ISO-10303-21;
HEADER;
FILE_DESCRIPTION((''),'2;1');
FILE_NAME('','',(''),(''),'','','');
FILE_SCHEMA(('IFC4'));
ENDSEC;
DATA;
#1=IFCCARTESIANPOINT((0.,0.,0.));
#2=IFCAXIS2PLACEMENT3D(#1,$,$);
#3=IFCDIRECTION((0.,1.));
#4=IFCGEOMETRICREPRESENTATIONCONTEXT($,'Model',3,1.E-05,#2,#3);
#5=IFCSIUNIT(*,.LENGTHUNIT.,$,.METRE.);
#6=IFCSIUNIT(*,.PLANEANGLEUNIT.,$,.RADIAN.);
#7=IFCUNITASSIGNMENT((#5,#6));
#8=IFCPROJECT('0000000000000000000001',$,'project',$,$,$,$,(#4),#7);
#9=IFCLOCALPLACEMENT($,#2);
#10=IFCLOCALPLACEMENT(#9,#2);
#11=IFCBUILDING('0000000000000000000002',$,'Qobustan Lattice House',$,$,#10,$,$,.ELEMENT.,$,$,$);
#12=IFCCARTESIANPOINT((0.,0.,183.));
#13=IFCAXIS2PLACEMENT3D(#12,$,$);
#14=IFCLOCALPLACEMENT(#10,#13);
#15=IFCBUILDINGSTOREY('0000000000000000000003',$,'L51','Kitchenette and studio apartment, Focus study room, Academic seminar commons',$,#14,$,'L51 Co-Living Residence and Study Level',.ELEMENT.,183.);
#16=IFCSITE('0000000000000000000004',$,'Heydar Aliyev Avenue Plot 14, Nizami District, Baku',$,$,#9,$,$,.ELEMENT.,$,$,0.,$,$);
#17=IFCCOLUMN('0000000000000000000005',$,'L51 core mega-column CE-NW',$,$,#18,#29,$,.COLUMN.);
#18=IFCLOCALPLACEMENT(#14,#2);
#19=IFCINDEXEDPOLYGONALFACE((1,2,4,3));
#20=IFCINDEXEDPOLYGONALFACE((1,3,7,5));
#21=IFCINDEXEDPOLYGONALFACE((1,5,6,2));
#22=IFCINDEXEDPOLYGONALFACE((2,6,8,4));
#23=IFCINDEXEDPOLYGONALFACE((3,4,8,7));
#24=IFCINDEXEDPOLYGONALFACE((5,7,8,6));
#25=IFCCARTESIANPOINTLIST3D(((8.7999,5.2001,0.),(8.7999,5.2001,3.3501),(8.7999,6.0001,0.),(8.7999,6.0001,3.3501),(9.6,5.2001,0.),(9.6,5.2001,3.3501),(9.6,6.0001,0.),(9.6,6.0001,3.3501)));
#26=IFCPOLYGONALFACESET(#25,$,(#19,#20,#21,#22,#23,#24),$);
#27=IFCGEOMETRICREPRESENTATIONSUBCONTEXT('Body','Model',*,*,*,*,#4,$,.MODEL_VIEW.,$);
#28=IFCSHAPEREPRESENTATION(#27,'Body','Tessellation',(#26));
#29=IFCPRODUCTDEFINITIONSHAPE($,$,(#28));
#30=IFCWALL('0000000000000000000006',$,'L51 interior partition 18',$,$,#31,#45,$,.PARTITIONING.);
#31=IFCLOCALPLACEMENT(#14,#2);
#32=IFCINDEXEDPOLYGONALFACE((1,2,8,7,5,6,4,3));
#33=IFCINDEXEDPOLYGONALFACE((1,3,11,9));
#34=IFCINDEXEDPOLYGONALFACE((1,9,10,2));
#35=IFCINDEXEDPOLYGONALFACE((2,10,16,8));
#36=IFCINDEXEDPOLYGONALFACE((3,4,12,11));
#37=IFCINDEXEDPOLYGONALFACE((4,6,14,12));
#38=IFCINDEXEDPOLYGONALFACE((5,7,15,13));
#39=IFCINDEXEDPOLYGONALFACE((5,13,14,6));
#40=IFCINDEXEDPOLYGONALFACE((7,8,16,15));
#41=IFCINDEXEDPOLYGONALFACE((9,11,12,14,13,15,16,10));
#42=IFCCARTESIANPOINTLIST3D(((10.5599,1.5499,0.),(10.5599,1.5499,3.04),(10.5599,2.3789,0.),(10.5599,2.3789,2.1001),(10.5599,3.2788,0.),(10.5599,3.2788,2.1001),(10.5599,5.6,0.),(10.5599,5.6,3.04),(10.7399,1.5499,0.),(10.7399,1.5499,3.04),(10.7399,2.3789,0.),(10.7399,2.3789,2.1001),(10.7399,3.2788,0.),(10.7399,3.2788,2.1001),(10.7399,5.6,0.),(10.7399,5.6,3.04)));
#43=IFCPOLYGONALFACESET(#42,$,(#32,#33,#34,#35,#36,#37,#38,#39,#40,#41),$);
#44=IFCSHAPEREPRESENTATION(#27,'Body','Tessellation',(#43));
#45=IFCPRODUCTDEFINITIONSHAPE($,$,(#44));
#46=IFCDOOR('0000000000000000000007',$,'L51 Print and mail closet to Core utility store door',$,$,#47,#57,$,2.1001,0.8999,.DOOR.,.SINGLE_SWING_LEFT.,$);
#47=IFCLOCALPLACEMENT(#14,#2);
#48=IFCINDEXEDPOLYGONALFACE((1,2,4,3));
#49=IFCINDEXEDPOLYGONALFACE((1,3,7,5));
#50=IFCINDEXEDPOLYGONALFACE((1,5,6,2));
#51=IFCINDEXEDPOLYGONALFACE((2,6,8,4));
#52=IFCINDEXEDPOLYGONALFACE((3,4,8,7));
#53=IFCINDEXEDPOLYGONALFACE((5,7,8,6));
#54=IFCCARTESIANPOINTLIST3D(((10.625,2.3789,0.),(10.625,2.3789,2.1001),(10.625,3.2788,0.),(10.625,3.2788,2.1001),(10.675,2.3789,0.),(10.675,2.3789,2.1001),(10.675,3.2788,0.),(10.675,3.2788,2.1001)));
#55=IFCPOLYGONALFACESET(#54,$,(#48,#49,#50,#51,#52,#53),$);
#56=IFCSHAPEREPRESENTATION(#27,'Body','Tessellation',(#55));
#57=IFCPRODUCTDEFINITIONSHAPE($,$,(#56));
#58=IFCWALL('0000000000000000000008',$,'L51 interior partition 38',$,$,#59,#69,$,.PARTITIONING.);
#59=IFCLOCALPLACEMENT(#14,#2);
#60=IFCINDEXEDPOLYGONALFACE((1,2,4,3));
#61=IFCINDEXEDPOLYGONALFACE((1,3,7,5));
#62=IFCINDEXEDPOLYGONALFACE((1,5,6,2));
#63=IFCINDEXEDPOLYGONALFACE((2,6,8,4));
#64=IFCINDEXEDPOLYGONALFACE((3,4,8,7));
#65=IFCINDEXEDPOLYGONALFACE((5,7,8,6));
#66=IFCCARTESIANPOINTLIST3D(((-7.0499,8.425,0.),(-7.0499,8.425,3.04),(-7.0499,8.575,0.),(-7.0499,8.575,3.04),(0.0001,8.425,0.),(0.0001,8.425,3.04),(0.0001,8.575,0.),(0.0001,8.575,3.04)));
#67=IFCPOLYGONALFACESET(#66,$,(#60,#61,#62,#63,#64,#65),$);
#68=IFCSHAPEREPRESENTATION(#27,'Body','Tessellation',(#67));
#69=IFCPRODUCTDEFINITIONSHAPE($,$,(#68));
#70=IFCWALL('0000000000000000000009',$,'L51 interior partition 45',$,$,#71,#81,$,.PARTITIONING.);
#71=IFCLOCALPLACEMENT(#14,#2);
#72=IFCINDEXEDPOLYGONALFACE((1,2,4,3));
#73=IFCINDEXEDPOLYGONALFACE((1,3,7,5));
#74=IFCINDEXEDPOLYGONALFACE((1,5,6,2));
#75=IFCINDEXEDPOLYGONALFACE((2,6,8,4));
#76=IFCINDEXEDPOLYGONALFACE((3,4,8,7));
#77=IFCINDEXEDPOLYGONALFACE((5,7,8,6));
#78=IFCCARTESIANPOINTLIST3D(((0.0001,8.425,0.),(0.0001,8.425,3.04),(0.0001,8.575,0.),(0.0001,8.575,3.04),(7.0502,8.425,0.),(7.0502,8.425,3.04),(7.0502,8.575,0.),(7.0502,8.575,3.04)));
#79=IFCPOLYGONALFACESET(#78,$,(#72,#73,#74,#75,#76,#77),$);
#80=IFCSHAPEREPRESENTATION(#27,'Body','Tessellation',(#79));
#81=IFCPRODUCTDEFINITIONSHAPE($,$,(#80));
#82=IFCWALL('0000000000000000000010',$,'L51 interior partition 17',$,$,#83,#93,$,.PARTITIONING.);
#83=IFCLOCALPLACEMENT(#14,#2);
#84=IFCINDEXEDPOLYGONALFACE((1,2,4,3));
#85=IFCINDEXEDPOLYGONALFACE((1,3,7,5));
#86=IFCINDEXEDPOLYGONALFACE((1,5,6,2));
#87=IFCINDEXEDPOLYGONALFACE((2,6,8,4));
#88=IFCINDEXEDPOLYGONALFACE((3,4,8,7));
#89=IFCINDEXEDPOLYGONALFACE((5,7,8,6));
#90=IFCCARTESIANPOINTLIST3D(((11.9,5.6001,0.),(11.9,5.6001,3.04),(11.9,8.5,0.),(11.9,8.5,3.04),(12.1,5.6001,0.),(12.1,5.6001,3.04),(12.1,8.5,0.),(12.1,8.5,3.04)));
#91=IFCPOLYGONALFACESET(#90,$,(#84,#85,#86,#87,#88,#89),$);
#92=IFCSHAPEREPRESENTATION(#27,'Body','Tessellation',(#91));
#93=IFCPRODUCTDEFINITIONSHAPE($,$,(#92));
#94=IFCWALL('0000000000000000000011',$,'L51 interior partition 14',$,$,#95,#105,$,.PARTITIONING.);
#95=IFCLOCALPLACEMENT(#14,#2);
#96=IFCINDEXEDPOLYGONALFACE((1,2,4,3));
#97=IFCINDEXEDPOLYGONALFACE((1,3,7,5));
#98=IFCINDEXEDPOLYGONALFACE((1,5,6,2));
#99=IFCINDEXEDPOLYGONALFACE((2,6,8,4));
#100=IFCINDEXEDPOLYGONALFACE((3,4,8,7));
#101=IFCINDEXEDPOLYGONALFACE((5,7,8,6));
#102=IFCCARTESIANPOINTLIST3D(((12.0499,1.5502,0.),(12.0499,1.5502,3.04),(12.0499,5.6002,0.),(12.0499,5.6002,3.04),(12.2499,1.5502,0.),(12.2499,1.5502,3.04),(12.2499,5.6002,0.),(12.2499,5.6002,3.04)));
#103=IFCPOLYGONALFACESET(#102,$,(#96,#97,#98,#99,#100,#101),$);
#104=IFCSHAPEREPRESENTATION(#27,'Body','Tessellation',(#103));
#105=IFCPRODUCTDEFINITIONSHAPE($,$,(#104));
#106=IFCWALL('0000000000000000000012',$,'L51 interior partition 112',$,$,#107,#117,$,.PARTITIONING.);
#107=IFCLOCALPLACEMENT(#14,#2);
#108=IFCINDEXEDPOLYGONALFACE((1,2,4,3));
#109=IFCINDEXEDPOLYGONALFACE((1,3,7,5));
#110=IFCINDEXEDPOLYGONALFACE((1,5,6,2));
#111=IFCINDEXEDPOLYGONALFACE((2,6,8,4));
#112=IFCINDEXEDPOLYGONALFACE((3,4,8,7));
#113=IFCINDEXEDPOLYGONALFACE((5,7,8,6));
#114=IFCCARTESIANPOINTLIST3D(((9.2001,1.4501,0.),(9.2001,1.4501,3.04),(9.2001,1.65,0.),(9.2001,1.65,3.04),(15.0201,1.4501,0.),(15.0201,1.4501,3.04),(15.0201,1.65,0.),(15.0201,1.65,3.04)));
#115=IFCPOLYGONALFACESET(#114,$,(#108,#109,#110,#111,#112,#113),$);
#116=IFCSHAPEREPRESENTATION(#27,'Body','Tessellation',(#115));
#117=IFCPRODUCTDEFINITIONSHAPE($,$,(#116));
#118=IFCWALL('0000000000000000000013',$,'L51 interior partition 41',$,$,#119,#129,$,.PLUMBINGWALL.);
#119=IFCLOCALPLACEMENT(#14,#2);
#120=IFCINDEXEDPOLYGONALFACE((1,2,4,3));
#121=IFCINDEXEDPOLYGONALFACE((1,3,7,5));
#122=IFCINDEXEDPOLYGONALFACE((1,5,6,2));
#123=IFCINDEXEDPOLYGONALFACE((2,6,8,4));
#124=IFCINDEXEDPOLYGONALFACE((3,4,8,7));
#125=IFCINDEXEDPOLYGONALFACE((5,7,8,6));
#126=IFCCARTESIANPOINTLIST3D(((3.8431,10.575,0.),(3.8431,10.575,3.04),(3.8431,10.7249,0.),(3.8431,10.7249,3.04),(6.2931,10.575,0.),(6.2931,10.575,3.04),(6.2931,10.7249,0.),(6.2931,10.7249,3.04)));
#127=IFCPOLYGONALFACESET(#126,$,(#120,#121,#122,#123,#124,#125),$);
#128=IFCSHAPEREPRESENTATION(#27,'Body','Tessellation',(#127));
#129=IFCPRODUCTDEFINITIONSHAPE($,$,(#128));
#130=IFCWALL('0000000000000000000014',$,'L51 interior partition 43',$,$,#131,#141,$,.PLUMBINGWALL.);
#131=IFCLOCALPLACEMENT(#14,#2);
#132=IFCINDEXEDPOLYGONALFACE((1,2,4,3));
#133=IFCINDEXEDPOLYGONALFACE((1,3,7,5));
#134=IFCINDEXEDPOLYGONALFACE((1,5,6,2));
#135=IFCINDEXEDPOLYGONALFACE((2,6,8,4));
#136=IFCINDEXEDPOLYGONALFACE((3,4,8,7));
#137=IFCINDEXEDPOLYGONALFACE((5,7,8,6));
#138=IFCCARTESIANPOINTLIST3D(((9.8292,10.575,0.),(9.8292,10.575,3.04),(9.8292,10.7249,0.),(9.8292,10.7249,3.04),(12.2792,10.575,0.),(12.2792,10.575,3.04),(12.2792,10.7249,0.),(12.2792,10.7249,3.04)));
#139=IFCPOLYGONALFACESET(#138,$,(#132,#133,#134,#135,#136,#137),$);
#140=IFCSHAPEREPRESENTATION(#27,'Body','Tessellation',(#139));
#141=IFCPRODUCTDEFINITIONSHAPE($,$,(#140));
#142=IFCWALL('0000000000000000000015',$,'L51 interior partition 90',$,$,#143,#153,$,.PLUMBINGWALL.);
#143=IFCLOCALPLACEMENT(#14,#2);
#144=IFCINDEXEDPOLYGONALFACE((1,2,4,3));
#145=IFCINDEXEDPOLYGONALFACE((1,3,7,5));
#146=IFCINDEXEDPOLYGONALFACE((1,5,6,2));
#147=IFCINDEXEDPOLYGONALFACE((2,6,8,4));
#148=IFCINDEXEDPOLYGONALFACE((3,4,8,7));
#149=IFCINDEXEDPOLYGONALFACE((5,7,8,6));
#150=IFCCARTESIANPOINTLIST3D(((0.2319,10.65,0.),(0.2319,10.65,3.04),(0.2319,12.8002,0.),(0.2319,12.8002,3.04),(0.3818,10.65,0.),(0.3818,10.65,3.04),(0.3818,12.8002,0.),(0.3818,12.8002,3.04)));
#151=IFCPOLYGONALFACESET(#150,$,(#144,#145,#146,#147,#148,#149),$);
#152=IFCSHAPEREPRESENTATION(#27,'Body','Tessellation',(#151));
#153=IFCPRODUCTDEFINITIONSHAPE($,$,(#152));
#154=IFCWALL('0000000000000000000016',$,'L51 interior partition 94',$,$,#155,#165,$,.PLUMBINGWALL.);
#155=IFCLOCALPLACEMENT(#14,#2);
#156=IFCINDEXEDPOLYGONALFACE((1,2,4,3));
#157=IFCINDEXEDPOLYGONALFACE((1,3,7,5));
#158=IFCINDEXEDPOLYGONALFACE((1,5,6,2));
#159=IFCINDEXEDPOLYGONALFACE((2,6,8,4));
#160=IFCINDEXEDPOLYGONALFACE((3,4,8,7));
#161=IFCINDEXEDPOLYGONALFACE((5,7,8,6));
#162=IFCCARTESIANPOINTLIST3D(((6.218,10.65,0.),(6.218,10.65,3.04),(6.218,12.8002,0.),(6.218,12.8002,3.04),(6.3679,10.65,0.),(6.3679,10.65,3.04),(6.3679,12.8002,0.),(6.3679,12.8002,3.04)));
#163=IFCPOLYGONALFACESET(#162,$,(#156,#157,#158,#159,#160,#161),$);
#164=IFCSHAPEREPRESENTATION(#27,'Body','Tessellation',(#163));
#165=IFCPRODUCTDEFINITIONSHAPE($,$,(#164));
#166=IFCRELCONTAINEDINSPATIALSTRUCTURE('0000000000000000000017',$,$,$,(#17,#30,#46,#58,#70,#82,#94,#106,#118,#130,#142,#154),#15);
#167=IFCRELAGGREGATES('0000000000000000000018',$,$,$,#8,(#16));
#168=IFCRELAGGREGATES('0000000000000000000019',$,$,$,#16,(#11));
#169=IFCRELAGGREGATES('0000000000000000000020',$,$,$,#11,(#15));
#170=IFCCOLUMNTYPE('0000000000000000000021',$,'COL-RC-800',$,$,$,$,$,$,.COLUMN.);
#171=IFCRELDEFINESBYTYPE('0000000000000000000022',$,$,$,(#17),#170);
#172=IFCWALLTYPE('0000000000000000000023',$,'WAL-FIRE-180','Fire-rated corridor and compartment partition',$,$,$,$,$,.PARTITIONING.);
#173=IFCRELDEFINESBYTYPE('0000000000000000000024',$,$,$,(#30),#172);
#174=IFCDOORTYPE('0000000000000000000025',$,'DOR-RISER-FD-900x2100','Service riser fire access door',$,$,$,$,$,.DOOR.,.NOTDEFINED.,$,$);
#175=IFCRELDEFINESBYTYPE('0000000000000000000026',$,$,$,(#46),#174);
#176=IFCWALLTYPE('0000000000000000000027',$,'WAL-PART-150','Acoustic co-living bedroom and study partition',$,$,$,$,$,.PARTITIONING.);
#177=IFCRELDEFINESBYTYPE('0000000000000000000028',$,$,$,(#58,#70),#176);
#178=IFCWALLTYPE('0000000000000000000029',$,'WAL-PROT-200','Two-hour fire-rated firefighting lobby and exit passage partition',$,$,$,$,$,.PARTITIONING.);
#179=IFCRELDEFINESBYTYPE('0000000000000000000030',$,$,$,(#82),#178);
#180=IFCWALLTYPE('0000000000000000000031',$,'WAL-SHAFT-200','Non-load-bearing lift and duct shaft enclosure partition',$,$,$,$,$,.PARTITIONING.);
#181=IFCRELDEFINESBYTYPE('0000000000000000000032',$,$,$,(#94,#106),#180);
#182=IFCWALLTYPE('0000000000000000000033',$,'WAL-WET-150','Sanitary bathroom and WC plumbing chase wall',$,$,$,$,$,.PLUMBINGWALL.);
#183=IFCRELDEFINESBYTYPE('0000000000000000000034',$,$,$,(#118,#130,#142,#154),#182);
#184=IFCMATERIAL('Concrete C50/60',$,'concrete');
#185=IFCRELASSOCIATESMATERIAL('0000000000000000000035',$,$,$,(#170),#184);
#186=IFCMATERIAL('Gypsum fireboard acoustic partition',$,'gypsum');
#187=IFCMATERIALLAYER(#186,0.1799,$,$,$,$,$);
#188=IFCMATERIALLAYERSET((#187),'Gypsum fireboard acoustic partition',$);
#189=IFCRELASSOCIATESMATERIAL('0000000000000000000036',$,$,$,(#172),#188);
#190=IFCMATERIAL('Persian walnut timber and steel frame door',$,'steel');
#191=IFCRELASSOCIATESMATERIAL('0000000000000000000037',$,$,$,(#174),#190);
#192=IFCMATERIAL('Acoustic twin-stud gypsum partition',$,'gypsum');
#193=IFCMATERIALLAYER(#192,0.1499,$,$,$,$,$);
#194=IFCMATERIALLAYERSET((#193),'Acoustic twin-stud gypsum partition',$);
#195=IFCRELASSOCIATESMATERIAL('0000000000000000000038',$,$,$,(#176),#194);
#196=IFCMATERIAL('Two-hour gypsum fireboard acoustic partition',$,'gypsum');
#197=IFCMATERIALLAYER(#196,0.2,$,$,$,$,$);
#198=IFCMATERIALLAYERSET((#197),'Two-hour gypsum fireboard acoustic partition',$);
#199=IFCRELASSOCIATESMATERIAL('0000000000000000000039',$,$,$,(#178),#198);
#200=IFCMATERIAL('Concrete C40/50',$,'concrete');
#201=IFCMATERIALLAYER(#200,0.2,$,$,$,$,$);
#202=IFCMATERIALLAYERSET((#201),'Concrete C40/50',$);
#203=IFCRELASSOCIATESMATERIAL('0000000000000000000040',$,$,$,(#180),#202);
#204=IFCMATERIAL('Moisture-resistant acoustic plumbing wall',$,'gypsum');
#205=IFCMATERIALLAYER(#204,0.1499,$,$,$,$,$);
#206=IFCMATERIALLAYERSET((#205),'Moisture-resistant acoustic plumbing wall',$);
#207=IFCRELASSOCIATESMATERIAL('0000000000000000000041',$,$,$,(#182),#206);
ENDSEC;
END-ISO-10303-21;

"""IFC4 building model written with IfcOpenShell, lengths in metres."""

from ifc_helpers import new_model, si_unit, direction, frame, frame_2d, origin, origin_2d, place, context, subcontext, project, spatial, rectangle, extrude, material, layer, layer_set, material_profile, profile_set, type_object, element, fill, save


model = new_model("IFC4")

# Units and contexts
model_context = context("Model", 3, precision=1e-05, world=origin(), true_north=direction((0.0, 1.0)))
body_context = subcontext(model_context, "Body", "Model", "MODEL_VIEW")
ifc_project = project(units=[si_unit("LENGTHUNIT", "METRE"), si_unit("PLANEANGLEUNIT", "RADIAN")], contexts=[model_context])

# Site, building, storey
site_placement = place(None, origin())
site = spatial("IfcSite", under=ifc_project, at=site_placement, Name="Heydar Aliyev Avenue Plot 14, Nizami District, Baku", CompositionType="ELEMENT", RefElevation=0.0)
building_placement = place(site_placement, origin())
building = spatial("IfcBuilding", under=site, at=building_placement, Name="Qobustan Lattice House", CompositionType="ELEMENT")
storey_placement = place(building_placement, frame((0.0, 0.0, 183.0)))
storey = spatial("IfcBuildingStorey", under=building, at=storey_placement, Name="L51", Description="Kitchenette and studio apartment, Focus study room, Academic seminar commons", LongName="L51 Co-Living Residence and Study Level", CompositionType="ELEMENT", Elevation=183.0)

# Column
ifc_material_1 = material(Name="Concrete C50/60", Category="concrete")
ifc_material_profile = material_profile(ifc_material_1, rectangle(XDim=0.8, YDim=0.8, at=origin_2d()), Name="RC800x800")
ifc_profile_set = profile_set([ifc_material_profile], Name="Concrete C50/60")
column_type = type_object("IfcColumnType", Name="COL-RC-800", PredefinedType="COLUMN", material=ifc_profile_set)
column_placement = place(storey_placement, frame((9.2, 5.6001, 0.0), z_axis=(0.0, 0.0, 1.0), x_axis=(1.0, 0.0, 0.0)))
element("IfcColumn", 1, at=column_placement, inside=storey, type_object=column_type, Name="L51 core mega-column CE-NW", PredefinedType="COLUMN", context=body_context, shape_type="SweptSolid", body=[
    extrude(rectangle(XDim=0.8, YDim=0.8, at=origin_2d()), origin(), (0.0, 0.0, 1.0), 3.3501),
])

# Wall, opening, door
ifc_material_2 = material(Name="Gypsum fireboard acoustic partition", Category="gypsum")
ifc_layer_1 = layer(ifc_material_2, 0.1799)
ifc_layer_set_1 = layer_set([ifc_layer_1], Name="Gypsum fireboard acoustic partition")
wall_type_1 = type_object("IfcWallType", Name="WAL-FIRE-180", Description="Fire-rated corridor and compartment partition", PredefinedType="PARTITIONING", material=ifc_layer_set_1)
wall_1_placement = place(storey_placement, frame((10.6499, 1.55, 0.0), z_axis=(0.0, 0.0, 1.0), x_axis=(0.0, 1.0, 0.0)))
wall_1 = element("IfcWall", 2, at=wall_1_placement, inside=storey, type_object=wall_type_1, Name="L51 interior partition 18", PredefinedType="PARTITIONING", context=body_context, shape_type="SweptSolid", body=[
    extrude(rectangle(XDim=4.05, YDim=0.1799, at=frame_2d((2.0249, 0.0))), origin(), (0.0, 0.0, 1.0), 3.04),
])
opening_1_placement = place(wall_1_placement, frame((0.8289, 0.0, 0.0)))
opening_1 = element("IfcOpeningElement", 3, at=opening_1_placement, cuts=wall_1, PredefinedType="OPENING", context=body_context, shape_type="SweptSolid", body=[
    extrude(rectangle(XDim=0.8999, YDim=2.1001, at=frame_2d((0.45, 1.05))), frame((0.0, 0.0999, 0.0), z_axis=(0.0, -1.0, 0.0), x_axis=(1.0, 0.0, 0.0)), (0.0, 0.0, 1.0), 0.2),
])
ifc_material_3 = material(Name="Persian walnut timber and steel frame door", Category="steel")
door_type_1 = type_object("IfcDoorType", Name="DOR-RISER-FD-900x2100", Description="Service riser fire access door", OperationType="NOTDEFINED", PredefinedType="DOOR", material=ifc_material_3)
door_1_placement = place(opening_1_placement, origin())
door_1 = element("IfcDoor", 4, at=door_1_placement, inside=storey, type_object=door_type_1, Name="L51 Print and mail closet to Core utility store door", OperationType="SINGLE_SWING_LEFT", OverallHeight=2.1001, OverallWidth=0.8999, PredefinedType="DOOR", context=body_context, shape_type="SweptSolid", body=[
    extrude(rectangle(XDim=0.8999, YDim=2.1001, at=frame_2d((0.45, 1.05))), frame((0.0, 0.0249, 0.0), z_axis=(0.0, -1.0, 0.0), x_axis=(1.0, 0.0, 0.0)), (0.0, 0.0, 1.0), 0.05),
])
fill(opening_1, door_1)

# Walls
ifc_material_4 = material(Name="Acoustic twin-stud gypsum partition", Category="gypsum")
ifc_layer_2 = layer(ifc_material_4, 0.1499)
ifc_layer_set_2 = layer_set([ifc_layer_2], Name="Acoustic twin-stud gypsum partition")
wall_type_2 = type_object("IfcWallType", Name="WAL-PART-150", Description="Acoustic co-living bedroom and study partition", PredefinedType="PARTITIONING", material=ifc_layer_set_2)
for number, where, z_axis, x_axis, name in (
    (5, (0.0, 8.5, 0.0), (0.0, 0.0, 1.0), (-1.0, 0.0, 0.0), "L51 interior partition 38"),
    (6, (7.05, 8.5, 0.0), (0.0, 0.0, 1.0), (-1.0, 0.0, 0.0), "L51 interior partition 45"),
):
    element("IfcWall", number, at=place(storey_placement, frame(where, z_axis=z_axis, x_axis=x_axis)), inside=storey, type_object=wall_type_2, Name=name, PredefinedType="PARTITIONING", context=body_context, shape_type="SweptSolid", body=[
        extrude(rectangle(XDim=7.05, YDim=0.1499, at=frame_2d((3.5249, 0.0))), origin(), (0.0, 0.0, 1.0), 3.04),
    ])
ifc_material_5 = material(Name="Two-hour gypsum fireboard acoustic partition", Category="gypsum")
ifc_layer_3 = layer(ifc_material_5, 0.2)
ifc_layer_set_3 = layer_set([ifc_layer_3], Name="Two-hour gypsum fireboard acoustic partition")
wall_type_3 = type_object("IfcWallType", Name="WAL-PROT-200", Description="Two-hour fire-rated firefighting lobby and exit passage partition", PredefinedType="PARTITIONING", material=ifc_layer_set_3)
wall_2_placement = place(storey_placement, frame((12.0, 8.5, 0.0), z_axis=(0.0, 0.0, 1.0), x_axis=(0.0, -1.0, 0.0)))
element("IfcWall", 7, at=wall_2_placement, inside=storey, type_object=wall_type_3, Name="L51 interior partition 17", PredefinedType="PARTITIONING", context=body_context, shape_type="SweptSolid", body=[
    extrude(rectangle(XDim=2.8999, YDim=0.2, at=frame_2d((1.45, 0.0))), origin(), (0.0, 0.0, 1.0), 3.04),
])
ifc_material_6 = material(Name="Concrete C40/50", Category="concrete")
ifc_layer_4 = layer(ifc_material_6, 0.2)
ifc_layer_set_4 = layer_set([ifc_layer_4], Name="Concrete C40/50")
wall_type_4 = type_object("IfcWallType", Name="WAL-SHAFT-200", Description="Non-load-bearing lift and duct shaft enclosure partition", PredefinedType="PARTITIONING", material=ifc_layer_set_4)
wall_3_placement = place(storey_placement, frame((12.1499, 5.6001, 0.0), z_axis=(0.0, 0.0, 1.0), x_axis=(0.0, -1.0, 0.0)))
element("IfcWall", 8, at=wall_3_placement, inside=storey, type_object=wall_type_4, Name="L51 interior partition 14", PredefinedType="PARTITIONING", context=body_context, shape_type="SweptSolid", body=[
    extrude(rectangle(XDim=4.05, YDim=0.2, at=frame_2d((2.0249, 0.0))), origin(), (0.0, 0.0, 1.0), 3.04),
])
wall_4_placement = place(storey_placement, frame((9.2, 1.55, 0.0), z_axis=(0.0, 0.0, 1.0), x_axis=(1.0, 0.0, 0.0)))
element("IfcWall", 9, at=wall_4_placement, inside=storey, type_object=wall_type_4, Name="L51 interior partition 112", PredefinedType="PARTITIONING", context=body_context, shape_type="SweptSolid", body=[
    extrude(rectangle(XDim=5.8201, YDim=0.2, at=frame_2d((2.9102, 0.0))), origin(), (0.0, 0.0, 1.0), 3.04),
])
ifc_material_7 = material(Name="Moisture-resistant acoustic plumbing wall", Category="gypsum")
ifc_layer_5 = layer(ifc_material_7, 0.1499)
ifc_layer_set_5 = layer_set([ifc_layer_5], Name="Moisture-resistant acoustic plumbing wall")
wall_type_5 = type_object("IfcWallType", Name="WAL-WET-150", Description="Sanitary bathroom and WC plumbing chase wall", PredefinedType="PLUMBINGWALL", material=ifc_layer_set_5)
for number, where, z_axis, x_axis, name in (
    (10, (3.843, 10.6499, 0.0), (0.0, 0.0, 1.0), (1.0, 0.0, 0.0), "L51 interior partition 41"),
    (11, (9.8291, 10.6499, 0.0), (0.0, 0.0, 1.0), (1.0, 0.0, 0.0), "L51 interior partition 43"),
):
    element("IfcWall", number, at=place(storey_placement, frame(where, z_axis=z_axis, x_axis=x_axis)), inside=storey, type_object=wall_type_5, Name=name, PredefinedType="PLUMBINGWALL", context=body_context, shape_type="SweptSolid", body=[
        extrude(rectangle(XDim=2.45, YDim=0.1499, at=frame_2d((1.2251, 0.0))), origin(), (0.0, 0.0, 1.0), 3.04),
    ])
for number, where, z_axis, x_axis, name in (
    (12, (0.3069, 10.6499, 0.0), (0.0, 0.0, 1.0), (0.0, 1.0, 0.0), "L51 interior partition 90"),
    (13, (6.293, 10.6499, 0.0), (0.0, 0.0, 1.0), (0.0, 1.0, 0.0), "L51 interior partition 94"),
):
    element("IfcWall", number, at=place(storey_placement, frame(where, z_axis=z_axis, x_axis=x_axis)), inside=storey, type_object=wall_type_5, Name=name, PredefinedType="PLUMBINGWALL", context=body_context, shape_type="SweptSolid", body=[
        extrude(rectangle(XDim=2.1501, YDim=0.1499, at=frame_2d((1.0752, 0.0))), origin(), (0.0, 0.0, 1.0), 3.04),
    ])

save(model, "model.ifc")
